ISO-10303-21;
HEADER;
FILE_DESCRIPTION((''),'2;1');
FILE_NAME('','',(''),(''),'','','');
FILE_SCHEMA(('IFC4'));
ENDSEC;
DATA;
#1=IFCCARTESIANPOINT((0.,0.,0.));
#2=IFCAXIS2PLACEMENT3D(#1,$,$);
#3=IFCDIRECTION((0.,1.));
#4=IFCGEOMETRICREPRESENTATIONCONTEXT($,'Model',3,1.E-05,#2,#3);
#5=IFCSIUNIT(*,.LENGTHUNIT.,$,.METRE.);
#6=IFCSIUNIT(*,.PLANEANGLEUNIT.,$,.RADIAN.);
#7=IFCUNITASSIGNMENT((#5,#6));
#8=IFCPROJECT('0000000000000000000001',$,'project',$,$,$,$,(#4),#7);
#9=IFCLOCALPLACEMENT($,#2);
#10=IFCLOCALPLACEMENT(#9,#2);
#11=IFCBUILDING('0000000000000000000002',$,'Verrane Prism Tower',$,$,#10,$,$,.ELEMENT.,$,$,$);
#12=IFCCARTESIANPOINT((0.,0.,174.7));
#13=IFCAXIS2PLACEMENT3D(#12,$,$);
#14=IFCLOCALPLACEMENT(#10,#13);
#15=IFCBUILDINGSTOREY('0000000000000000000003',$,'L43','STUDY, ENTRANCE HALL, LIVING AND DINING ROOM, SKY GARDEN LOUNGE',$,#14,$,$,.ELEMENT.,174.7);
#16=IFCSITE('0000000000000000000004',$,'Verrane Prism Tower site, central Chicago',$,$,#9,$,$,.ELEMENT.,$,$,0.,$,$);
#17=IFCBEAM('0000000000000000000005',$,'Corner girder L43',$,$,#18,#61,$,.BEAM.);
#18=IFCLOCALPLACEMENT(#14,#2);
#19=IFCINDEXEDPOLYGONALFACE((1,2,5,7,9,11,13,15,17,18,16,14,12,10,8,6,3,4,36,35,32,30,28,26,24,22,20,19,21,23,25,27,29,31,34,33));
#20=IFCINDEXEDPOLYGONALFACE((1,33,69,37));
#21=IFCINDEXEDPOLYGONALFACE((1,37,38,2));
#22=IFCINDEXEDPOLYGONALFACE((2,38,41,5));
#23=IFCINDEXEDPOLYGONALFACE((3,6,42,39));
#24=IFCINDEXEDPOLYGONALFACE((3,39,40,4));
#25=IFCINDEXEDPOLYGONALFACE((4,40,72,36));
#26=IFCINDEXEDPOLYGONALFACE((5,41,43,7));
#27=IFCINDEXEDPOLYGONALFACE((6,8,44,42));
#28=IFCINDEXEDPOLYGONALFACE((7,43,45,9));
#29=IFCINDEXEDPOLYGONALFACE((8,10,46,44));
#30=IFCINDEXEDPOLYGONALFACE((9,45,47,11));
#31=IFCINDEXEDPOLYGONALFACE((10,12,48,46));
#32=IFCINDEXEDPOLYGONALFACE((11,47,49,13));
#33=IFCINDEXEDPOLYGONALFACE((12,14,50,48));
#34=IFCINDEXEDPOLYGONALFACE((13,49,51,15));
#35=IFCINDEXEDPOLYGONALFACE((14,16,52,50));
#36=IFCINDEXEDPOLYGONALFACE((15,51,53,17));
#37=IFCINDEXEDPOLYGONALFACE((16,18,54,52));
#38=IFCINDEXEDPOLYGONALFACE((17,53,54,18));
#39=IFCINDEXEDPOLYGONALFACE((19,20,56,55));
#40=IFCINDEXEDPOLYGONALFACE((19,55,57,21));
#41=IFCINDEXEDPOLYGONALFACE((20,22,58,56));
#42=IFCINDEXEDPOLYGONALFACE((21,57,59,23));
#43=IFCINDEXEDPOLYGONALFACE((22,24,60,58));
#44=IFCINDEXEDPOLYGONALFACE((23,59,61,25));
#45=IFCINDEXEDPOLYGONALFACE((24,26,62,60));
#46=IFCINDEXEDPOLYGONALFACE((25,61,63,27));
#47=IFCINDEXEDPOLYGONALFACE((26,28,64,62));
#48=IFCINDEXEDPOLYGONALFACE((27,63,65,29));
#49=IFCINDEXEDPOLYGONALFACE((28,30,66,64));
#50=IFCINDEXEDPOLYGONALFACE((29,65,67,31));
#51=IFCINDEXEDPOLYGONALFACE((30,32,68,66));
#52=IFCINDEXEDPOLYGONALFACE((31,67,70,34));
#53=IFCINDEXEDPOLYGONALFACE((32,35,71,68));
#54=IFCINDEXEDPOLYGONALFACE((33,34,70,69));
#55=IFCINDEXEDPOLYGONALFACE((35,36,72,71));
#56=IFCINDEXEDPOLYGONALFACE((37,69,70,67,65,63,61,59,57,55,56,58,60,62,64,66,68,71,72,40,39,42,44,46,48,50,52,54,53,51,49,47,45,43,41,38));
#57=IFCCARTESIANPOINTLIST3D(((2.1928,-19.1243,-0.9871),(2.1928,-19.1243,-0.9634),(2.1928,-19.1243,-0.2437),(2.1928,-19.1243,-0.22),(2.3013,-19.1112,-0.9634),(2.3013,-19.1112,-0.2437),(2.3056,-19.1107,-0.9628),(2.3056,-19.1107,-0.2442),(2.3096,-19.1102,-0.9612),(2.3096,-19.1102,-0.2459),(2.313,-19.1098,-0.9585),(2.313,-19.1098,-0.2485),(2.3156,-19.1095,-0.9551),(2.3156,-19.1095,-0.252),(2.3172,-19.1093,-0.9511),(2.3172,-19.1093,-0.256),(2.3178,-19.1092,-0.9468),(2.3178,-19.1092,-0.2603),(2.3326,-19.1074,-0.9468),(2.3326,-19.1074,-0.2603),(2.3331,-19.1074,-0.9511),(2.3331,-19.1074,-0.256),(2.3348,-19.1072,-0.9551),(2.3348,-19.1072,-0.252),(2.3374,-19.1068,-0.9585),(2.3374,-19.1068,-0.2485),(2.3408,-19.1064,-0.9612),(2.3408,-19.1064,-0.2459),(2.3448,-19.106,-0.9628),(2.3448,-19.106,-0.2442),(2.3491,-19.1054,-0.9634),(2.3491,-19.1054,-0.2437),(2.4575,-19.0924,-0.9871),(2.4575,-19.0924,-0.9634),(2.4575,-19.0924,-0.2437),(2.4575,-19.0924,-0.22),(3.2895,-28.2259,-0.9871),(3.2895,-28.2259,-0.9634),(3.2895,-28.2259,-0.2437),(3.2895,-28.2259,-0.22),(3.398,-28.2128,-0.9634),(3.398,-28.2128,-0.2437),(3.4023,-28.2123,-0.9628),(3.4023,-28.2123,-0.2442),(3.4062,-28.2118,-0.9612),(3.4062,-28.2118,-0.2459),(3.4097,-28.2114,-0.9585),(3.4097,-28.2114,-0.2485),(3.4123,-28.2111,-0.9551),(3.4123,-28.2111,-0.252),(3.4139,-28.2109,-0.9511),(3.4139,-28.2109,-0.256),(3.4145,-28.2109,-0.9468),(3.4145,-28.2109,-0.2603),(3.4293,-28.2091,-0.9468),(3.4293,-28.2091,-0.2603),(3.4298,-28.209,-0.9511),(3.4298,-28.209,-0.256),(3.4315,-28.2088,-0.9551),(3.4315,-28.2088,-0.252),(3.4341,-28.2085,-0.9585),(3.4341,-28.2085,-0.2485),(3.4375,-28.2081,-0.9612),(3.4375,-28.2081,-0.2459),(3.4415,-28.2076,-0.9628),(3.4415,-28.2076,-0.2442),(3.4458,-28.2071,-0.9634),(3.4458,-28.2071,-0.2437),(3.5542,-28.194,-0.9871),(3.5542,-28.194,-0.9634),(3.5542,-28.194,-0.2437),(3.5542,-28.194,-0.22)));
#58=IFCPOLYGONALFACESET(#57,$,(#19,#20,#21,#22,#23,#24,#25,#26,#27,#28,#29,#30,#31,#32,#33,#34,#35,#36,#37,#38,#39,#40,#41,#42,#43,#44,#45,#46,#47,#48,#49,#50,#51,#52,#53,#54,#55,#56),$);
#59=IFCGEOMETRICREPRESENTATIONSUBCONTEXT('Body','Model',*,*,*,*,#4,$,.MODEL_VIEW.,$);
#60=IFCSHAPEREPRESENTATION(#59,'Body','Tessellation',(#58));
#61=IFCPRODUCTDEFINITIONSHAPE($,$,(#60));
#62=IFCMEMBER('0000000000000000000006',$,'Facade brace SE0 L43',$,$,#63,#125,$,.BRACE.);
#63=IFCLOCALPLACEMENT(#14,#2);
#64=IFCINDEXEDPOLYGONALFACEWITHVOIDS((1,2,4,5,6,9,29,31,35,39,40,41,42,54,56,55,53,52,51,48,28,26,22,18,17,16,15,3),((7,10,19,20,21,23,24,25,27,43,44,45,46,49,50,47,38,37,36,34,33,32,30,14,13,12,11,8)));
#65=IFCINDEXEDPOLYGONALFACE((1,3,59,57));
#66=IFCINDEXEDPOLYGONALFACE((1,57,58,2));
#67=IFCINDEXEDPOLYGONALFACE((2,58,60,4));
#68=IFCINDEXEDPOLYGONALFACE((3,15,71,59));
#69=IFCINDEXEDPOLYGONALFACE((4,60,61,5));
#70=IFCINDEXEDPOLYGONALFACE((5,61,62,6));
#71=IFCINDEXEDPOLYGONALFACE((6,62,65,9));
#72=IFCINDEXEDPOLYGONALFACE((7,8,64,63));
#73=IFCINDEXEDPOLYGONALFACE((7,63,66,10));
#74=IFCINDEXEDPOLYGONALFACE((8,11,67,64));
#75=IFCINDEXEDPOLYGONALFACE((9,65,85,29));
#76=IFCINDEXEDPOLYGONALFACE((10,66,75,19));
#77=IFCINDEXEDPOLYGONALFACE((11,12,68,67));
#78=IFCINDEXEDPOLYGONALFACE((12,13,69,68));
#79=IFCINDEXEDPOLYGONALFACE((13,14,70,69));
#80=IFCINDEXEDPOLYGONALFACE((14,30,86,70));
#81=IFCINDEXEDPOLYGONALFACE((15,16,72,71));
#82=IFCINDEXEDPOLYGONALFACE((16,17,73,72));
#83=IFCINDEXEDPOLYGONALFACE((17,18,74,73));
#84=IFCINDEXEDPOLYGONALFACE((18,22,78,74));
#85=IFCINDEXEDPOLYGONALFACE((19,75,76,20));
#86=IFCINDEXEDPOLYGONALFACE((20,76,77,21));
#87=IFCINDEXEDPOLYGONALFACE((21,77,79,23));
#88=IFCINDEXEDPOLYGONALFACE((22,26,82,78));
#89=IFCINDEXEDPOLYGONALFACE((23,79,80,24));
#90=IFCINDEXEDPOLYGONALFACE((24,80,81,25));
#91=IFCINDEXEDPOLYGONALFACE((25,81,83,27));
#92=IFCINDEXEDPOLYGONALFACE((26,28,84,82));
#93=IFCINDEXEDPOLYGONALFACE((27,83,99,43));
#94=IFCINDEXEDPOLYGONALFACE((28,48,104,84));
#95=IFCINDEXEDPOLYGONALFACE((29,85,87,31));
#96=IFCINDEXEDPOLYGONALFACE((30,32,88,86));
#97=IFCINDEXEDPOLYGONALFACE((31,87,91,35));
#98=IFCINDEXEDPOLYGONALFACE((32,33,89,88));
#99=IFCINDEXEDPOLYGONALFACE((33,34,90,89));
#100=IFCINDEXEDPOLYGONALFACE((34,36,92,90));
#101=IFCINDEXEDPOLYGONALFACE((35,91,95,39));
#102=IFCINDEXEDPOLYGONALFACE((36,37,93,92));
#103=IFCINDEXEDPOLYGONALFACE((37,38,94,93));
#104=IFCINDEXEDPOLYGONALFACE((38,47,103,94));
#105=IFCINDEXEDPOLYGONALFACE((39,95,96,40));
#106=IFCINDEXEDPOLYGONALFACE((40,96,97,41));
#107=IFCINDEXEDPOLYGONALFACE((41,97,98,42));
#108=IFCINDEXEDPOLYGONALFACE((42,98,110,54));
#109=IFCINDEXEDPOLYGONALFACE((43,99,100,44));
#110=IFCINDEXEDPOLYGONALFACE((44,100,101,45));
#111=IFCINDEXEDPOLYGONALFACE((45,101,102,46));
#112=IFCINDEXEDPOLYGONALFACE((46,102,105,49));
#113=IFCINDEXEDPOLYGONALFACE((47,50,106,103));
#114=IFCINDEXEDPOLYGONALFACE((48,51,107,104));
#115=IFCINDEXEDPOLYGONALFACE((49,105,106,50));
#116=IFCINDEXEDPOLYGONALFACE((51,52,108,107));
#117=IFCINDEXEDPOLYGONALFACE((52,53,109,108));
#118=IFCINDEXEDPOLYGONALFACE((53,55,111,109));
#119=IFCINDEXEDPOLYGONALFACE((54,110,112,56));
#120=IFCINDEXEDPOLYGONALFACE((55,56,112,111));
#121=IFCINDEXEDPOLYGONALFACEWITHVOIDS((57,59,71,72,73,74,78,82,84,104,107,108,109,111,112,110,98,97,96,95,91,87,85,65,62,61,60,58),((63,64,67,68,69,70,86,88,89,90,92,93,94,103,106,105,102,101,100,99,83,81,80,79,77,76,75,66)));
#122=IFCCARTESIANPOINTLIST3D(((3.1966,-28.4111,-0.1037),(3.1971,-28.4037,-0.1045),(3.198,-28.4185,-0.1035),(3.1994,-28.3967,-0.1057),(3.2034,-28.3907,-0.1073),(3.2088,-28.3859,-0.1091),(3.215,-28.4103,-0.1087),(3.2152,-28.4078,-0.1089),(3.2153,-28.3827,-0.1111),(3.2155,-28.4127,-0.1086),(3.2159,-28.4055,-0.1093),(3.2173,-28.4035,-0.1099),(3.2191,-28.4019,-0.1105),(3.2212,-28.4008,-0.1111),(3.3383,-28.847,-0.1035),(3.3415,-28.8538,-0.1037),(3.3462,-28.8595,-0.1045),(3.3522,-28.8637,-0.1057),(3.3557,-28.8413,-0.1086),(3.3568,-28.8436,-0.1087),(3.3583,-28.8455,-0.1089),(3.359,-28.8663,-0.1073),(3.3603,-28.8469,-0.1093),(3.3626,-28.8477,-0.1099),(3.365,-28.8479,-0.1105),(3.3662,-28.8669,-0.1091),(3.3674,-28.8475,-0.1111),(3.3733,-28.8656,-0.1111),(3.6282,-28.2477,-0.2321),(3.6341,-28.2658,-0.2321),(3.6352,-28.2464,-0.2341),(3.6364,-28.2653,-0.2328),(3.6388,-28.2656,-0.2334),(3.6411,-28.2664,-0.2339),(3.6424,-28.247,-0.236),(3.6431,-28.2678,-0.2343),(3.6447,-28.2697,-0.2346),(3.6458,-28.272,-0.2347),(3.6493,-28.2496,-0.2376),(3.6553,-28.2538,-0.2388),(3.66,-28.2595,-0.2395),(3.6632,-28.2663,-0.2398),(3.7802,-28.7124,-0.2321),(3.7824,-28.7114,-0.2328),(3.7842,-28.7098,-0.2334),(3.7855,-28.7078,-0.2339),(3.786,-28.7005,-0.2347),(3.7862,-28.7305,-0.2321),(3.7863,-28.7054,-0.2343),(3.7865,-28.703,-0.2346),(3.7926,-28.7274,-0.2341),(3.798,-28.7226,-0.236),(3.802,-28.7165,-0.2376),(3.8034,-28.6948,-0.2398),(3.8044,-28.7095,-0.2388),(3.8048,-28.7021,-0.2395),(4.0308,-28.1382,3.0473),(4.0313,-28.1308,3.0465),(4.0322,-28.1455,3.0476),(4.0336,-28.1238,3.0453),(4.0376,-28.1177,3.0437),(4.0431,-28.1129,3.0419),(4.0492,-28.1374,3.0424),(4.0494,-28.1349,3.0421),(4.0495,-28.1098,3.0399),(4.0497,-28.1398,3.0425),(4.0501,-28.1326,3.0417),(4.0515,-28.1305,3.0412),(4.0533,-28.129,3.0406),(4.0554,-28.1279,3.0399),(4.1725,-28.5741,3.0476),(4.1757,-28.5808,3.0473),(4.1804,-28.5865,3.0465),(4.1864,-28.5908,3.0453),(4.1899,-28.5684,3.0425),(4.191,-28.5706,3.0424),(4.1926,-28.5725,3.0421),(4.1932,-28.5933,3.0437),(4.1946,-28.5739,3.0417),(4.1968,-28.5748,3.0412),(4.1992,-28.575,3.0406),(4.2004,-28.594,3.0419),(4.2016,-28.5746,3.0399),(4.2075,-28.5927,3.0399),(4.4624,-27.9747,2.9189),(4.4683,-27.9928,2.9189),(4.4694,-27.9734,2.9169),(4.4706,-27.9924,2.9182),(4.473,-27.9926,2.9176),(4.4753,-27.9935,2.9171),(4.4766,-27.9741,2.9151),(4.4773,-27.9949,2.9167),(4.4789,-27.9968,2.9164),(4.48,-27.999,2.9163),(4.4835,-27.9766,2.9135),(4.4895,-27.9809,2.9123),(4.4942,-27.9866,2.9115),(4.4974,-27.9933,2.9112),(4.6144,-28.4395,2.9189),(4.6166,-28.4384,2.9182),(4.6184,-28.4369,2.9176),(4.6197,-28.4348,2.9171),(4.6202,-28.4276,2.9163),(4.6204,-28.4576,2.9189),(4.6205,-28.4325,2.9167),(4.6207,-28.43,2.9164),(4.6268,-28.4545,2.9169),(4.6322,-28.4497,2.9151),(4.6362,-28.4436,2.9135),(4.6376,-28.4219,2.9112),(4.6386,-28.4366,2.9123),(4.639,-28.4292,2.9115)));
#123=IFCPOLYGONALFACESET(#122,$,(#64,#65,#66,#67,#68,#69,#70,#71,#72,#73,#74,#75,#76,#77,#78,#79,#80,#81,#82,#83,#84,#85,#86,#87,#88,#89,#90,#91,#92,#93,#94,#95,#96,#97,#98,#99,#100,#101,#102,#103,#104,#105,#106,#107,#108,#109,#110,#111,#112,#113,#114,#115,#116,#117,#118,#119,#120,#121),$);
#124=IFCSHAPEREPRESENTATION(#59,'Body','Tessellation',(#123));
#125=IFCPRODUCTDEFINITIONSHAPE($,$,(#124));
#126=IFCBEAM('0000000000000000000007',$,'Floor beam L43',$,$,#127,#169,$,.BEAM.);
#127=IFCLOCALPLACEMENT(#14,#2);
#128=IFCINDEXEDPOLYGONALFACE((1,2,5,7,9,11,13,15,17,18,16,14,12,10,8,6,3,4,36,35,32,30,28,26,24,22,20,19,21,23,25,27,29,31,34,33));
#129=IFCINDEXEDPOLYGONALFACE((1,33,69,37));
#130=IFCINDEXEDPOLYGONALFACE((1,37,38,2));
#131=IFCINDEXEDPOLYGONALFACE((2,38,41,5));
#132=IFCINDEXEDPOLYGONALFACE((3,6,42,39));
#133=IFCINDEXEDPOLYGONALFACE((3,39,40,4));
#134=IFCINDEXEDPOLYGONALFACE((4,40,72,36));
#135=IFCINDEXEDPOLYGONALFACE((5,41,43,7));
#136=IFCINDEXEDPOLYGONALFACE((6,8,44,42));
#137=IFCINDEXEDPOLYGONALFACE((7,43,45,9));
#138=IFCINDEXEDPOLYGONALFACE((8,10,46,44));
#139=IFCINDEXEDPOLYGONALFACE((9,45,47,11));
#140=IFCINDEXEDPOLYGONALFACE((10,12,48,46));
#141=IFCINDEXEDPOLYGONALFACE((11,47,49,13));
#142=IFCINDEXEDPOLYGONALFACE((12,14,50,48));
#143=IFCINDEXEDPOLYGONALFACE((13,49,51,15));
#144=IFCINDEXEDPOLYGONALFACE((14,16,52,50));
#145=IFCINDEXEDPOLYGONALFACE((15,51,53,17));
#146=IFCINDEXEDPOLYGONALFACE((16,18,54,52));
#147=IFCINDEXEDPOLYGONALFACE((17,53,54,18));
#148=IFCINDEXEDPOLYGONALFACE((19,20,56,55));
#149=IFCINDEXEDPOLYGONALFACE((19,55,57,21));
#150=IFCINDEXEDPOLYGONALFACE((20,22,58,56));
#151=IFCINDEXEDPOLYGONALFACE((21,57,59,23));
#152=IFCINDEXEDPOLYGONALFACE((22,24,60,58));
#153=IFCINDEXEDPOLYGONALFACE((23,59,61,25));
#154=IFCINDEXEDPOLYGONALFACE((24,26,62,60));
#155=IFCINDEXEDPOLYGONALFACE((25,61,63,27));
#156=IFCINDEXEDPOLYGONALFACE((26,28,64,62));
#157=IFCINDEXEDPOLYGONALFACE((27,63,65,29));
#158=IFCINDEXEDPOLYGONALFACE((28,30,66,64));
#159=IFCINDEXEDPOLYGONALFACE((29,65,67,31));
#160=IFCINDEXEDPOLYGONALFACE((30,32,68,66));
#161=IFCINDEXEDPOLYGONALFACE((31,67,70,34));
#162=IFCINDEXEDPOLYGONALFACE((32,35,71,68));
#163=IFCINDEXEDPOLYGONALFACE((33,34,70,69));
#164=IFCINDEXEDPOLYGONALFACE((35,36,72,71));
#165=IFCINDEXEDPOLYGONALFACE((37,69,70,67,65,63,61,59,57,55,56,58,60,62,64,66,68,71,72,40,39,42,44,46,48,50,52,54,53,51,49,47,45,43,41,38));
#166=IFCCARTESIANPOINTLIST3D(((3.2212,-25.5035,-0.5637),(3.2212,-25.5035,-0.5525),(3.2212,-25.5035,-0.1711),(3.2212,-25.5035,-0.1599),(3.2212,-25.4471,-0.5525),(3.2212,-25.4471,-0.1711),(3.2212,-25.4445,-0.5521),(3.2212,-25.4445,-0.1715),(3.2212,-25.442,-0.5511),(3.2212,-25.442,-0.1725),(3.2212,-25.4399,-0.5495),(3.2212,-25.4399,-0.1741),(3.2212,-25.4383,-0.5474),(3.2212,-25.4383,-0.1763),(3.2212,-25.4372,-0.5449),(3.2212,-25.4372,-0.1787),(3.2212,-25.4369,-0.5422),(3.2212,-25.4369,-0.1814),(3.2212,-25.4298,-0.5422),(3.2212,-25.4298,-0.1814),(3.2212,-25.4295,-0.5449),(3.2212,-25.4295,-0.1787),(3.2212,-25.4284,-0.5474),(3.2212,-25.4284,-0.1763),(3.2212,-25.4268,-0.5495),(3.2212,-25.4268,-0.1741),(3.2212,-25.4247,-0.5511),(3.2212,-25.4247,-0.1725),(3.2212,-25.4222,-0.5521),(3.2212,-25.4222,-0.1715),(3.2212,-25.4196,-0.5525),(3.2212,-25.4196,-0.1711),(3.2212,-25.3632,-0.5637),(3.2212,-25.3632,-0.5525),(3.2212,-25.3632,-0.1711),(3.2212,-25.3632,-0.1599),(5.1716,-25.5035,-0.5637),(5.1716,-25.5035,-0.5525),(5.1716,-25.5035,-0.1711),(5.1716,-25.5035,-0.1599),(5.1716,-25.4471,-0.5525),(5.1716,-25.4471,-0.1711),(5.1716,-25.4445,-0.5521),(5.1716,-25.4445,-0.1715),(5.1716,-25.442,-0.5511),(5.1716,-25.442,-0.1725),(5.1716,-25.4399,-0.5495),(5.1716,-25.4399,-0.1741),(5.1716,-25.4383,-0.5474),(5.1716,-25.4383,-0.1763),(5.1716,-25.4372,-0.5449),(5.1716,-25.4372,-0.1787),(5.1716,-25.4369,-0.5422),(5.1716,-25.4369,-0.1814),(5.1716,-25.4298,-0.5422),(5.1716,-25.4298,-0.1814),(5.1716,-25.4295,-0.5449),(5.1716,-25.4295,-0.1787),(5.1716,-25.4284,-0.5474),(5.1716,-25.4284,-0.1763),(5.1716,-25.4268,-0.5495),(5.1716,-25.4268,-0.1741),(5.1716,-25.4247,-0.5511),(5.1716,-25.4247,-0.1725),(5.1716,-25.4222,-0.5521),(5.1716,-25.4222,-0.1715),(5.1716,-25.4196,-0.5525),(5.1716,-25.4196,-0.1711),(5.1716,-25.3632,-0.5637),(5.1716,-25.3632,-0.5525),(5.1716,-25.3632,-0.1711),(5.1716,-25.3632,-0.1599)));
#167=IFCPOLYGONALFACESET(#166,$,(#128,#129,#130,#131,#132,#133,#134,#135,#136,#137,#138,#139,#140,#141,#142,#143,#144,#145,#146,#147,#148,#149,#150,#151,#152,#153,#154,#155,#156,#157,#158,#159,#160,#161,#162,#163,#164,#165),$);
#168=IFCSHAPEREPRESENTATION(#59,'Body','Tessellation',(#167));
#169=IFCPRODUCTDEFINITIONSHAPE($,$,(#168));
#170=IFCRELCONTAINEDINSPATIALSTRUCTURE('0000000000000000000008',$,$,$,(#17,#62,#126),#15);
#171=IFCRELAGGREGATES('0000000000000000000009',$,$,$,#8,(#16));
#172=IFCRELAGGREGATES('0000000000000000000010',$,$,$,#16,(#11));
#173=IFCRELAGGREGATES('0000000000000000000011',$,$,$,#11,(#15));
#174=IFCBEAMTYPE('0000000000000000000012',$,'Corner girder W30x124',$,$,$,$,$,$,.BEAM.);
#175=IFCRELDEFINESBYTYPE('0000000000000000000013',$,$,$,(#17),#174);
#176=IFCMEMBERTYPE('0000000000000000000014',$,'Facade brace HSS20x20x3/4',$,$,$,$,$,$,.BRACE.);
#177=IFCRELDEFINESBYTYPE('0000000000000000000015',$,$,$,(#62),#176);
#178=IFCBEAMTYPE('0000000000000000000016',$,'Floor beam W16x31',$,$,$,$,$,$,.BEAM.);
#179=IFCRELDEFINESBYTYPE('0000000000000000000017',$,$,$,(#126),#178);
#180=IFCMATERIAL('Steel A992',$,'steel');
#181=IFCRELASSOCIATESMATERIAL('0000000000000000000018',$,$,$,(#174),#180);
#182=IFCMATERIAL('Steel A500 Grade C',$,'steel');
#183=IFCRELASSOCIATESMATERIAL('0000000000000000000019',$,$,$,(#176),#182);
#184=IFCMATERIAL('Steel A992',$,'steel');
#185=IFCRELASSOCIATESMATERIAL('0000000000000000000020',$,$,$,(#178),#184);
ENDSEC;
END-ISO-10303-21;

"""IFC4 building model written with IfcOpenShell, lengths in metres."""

from ifc_helpers import new_model, si_unit, direction, frame, origin, origin_2d, place, context, subcontext, project, spatial, hollow_rectangle, i_section, extrude, material, material_profile, profile_set, type_object, element, save


model = new_model("IFC4")

# Units and contexts
model_context = context("Model", 3, precision=1e-05, world=origin(), true_north=direction((0.0, 1.0)))
body_context = subcontext(model_context, "Body", "Model", "MODEL_VIEW")
ifc_project = project(units=[si_unit("LENGTHUNIT", "METRE"), si_unit("PLANEANGLEUNIT", "RADIAN")], contexts=[model_context])

# Site, building, storey
site_placement = place(None, origin())
site = spatial("IfcSite", under=ifc_project, at=site_placement, Name="Verrane Prism Tower site, central Chicago", CompositionType="ELEMENT", RefElevation=0.0)
building_placement = place(site_placement, origin())
building = spatial("IfcBuilding", under=site, at=building_placement, Name="Verrane Prism Tower", CompositionType="ELEMENT")
storey_placement = place(building_placement, frame((0.0, 0.0, 174.7)))
storey = spatial("IfcBuildingStorey", under=building, at=storey_placement, Name="L43", Description="STUDY, ENTRANCE HALL, LIVING AND DINING ROOM, SKY GARDEN LOUNGE", CompositionType="ELEMENT", Elevation=174.7)

# Beam
ifc_material_1 = material(Name="Steel A992", Category="steel")
ifc_material_profile_1 = material_profile(ifc_material_1, i_section(OverallWidth=0.2666, OverallDepth=0.7671, WebThickness=0.0149, FlangeThickness=0.0237, FilletRadius=0.0166, at=origin_2d()), Name="W30x124")
ifc_profile_set_1 = profile_set([ifc_material_profile_1], Name="Steel A992")
beam_type_1 = type_object("IfcBeamType", Name="Corner girder W30x124", PredefinedType="BEAM", material=ifc_profile_set_1)
beam_1_placement = place(storey_placement, frame((3.4219, -28.21, -0.6035), z_axis=(-0.119628, 0.992819, 0.0), x_axis=(-0.992819, -0.119628, 0.0)))
element("IfcBeam", 1, at=beam_1_placement, inside=storey, type_object=beam_type_1, Name="Corner girder L43", PredefinedType="BEAM", context=body_context, shape_type="SweptSolid", body=[
    extrude(i_section(OverallWidth=0.2666, OverallDepth=0.7671, WebThickness=0.0149, FlangeThickness=0.0237, FilletRadius=0.0166, at=origin_2d()), origin(), (0.0, 0.0, 1.0), 9.1675),
])

# Member
ifc_material_2 = material(Name="Steel A500 Grade C", Category="steel")
ifc_material_profile_2 = material_profile(ifc_material_2, hollow_rectangle(XDim=0.5081, YDim=0.5081, WallThickness=0.019, InnerFilletRadius=0.0095, OuterFilletRadius=0.0286, at=origin_2d()), Name="HSS20x20x3/4")
ifc_profile_set_2 = profile_set([ifc_material_profile_2], Name="Steel A500 Grade C")
member_type_1 = type_object("IfcMemberType", Name="Facade brace HSS20x20x3/4", PredefinedType="BRACE", material=ifc_profile_set_2)
member_1_placement = place(storey_placement, frame((3.5007, -28.5566, -0.1716), z_axis=(0.255031, 0.083443, 0.963326), x_axis=(-0.310966, 0.950421, 0.0)))
element("IfcMember", 2, at=member_1_placement, inside=storey, type_object=member_type_1, Name="Facade brace SE0 L43", PredefinedType="BRACE", context=body_context, shape_type="SweptSolid", body=[
    extrude(hollow_rectangle(XDim=0.5081, YDim=0.5081, WallThickness=0.019, InnerFilletRadius=0.0095, OuterFilletRadius=0.0286, at=origin_2d()), origin(), (0.0, 0.0, 1.0), 3.271),
])

# Beam
ifc_material_3 = material(Name="Steel A992", Category="steel")
ifc_material_profile_3 = material_profile(ifc_material_3, i_section(OverallWidth=0.1404, OverallDepth=0.4038, WebThickness=0.0071, FlangeThickness=0.0112, FilletRadius=0.0103, at=origin_2d()), Name="W16x31")
ifc_profile_set_3 = profile_set([ifc_material_profile_3], Name="Steel A992")
beam_type_2 = type_object("IfcBeamType", Name="Floor beam W16x31", PredefinedType="BEAM", material=ifc_profile_set_3)
beam_2_placement = place(storey_placement, frame((3.2212, -25.4333, -0.3618), z_axis=(1.0, 0.0, 0.0), x_axis=(0.0, 1.0, 0.0)))
element("IfcBeam", 3, at=beam_2_placement, inside=storey, type_object=beam_type_2, Name="Floor beam L43", PredefinedType="BEAM", context=body_context, shape_type="SweptSolid", body=[
    extrude(i_section(OverallWidth=0.1404, OverallDepth=0.4038, WebThickness=0.0071, FlangeThickness=0.0112, FilletRadius=0.0103, at=origin_2d()), origin(), (0.0, 0.0, 1.0), 1.9504),
])

save(model, "model.ifc")
